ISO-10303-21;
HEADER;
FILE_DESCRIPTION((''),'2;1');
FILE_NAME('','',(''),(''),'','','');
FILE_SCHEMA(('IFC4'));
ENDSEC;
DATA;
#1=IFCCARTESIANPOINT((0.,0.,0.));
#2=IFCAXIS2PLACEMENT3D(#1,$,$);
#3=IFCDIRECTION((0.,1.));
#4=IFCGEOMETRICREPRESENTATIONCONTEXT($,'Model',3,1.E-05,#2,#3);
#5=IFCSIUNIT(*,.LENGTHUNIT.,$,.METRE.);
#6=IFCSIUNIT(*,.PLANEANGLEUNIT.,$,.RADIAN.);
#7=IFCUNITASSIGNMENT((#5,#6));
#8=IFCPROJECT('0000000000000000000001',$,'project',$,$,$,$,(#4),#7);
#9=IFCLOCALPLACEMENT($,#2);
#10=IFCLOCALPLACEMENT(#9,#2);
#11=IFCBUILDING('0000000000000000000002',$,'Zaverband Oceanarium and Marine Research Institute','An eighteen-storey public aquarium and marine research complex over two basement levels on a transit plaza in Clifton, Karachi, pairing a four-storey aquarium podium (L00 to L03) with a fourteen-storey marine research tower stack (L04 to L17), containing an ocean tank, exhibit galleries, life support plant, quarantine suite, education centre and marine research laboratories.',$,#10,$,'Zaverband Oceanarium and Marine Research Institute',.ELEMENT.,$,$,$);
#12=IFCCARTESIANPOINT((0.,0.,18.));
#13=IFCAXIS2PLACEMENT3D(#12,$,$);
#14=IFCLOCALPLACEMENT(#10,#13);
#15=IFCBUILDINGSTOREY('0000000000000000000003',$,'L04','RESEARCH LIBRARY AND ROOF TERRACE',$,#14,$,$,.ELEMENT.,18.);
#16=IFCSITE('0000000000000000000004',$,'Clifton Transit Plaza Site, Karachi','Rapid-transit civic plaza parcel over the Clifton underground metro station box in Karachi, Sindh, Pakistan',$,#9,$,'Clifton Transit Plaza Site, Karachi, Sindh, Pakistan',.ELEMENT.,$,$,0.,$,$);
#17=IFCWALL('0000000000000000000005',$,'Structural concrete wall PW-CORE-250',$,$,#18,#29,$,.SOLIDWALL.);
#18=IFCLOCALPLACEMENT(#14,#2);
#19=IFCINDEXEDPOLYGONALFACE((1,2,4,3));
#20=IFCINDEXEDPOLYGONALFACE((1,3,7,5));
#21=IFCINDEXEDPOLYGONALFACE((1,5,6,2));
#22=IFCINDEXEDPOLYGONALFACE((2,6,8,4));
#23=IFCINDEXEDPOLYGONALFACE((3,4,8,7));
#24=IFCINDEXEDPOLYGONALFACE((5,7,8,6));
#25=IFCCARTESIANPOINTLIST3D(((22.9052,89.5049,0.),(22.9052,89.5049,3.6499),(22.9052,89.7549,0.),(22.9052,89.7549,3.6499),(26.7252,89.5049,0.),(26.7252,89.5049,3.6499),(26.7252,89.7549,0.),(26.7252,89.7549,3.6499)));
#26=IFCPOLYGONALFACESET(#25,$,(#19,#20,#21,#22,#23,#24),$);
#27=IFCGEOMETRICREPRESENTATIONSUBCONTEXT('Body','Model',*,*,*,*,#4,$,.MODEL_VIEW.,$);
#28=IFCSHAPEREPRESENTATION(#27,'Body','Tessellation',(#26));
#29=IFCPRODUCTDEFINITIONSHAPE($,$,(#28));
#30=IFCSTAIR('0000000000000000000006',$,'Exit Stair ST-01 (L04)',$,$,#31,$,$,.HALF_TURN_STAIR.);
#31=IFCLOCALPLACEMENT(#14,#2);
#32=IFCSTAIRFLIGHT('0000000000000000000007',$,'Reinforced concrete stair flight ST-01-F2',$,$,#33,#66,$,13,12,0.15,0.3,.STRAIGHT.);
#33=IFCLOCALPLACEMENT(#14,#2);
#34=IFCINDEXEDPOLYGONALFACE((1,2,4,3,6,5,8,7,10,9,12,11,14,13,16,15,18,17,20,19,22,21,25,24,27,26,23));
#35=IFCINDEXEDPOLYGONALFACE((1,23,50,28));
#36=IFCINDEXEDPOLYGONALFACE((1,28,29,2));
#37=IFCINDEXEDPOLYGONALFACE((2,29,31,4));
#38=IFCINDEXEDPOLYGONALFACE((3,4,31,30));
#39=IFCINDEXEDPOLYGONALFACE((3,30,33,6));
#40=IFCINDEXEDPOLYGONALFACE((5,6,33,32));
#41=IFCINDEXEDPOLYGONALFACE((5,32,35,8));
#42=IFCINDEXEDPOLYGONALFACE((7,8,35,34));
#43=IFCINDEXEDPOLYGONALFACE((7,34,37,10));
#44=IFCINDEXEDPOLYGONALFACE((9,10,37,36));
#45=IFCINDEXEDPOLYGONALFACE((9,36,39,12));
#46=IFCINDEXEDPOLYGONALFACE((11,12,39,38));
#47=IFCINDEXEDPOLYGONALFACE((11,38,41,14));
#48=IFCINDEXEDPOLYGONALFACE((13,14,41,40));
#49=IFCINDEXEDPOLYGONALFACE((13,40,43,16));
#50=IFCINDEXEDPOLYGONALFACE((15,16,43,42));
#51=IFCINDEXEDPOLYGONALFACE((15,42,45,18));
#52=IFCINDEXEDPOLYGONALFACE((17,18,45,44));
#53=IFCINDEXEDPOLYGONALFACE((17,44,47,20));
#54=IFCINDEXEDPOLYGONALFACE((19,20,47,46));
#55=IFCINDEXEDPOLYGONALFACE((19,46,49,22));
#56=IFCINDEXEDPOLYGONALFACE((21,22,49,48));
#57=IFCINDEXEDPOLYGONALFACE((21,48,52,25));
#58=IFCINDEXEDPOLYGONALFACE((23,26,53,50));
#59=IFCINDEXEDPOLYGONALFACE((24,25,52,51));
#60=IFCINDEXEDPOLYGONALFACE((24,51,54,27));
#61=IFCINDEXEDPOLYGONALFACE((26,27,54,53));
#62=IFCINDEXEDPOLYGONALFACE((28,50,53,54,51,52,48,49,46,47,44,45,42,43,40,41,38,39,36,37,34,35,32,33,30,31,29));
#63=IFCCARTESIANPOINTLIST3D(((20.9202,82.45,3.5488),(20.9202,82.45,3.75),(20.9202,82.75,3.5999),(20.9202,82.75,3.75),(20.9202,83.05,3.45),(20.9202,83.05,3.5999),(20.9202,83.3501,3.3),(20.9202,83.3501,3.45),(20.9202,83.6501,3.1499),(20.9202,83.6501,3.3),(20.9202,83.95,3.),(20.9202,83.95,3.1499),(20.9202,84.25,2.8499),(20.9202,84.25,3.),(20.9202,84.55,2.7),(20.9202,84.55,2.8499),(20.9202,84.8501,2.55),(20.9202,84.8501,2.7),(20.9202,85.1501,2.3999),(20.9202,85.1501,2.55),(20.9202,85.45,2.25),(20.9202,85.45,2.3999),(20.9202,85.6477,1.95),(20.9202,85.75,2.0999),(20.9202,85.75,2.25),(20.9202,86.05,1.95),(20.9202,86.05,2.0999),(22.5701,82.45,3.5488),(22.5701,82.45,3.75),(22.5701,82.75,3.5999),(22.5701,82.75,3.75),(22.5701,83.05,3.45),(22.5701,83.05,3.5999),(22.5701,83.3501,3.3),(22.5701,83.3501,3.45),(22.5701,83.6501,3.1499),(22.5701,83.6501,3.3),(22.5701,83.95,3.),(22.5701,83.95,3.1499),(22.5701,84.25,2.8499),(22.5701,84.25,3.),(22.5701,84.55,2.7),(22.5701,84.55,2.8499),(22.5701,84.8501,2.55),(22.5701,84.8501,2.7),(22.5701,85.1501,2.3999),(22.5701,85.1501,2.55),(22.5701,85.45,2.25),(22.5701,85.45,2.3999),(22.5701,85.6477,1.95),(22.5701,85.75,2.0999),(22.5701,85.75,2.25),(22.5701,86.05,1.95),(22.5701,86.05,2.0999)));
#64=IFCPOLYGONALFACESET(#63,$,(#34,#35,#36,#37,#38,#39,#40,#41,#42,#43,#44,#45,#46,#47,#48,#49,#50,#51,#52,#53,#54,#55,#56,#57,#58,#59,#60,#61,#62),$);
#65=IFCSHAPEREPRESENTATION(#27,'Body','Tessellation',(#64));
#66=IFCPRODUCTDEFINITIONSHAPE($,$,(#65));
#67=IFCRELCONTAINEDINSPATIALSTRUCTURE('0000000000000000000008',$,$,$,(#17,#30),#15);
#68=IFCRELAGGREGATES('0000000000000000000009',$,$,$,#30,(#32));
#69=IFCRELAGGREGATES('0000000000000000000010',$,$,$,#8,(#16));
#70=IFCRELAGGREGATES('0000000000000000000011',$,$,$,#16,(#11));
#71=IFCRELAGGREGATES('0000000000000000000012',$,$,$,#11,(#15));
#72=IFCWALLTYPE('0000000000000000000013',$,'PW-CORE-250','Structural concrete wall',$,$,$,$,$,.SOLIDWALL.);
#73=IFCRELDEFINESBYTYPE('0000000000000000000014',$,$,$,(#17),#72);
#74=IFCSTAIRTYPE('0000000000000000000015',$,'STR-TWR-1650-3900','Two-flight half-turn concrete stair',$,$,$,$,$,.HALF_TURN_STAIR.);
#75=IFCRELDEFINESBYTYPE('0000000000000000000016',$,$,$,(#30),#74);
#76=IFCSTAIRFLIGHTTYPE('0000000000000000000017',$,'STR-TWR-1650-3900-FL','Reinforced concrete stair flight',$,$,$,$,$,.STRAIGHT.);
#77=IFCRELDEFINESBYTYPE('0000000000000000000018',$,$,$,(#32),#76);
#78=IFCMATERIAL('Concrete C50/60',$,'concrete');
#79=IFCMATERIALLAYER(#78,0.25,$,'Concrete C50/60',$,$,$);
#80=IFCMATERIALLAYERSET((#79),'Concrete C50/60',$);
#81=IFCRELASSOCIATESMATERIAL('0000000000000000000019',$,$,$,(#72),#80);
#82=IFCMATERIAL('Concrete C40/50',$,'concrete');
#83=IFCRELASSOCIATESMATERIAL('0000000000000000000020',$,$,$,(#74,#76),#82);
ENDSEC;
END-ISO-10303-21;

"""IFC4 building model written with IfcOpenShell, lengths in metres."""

from ifc_helpers import new_model, si_unit, direction, frame, frame_2d, origin, place, context, subcontext, project, spatial, polyline, rectangle, outline, extrude, material, layer, layer_set, type_object, element, aggregate, save


model = new_model("IFC4")

# Units and contexts
model_context = context("Model", 3, precision=1e-05, world=origin(), true_north=direction((0.0, 1.0)))
body_context = subcontext(model_context, "Body", "Model", "MODEL_VIEW")
ifc_project = project(units=[si_unit("LENGTHUNIT", "METRE"), si_unit("PLANEANGLEUNIT", "RADIAN")], contexts=[model_context])

# Site, building, storey
site_placement = place(None, origin())
site = spatial("IfcSite", under=ifc_project, at=site_placement, Name="Clifton Transit Plaza Site, Karachi", Description="Rapid-transit civic plaza parcel over the Clifton underground metro station box in Karachi, Sindh, Pakistan", LongName="Clifton Transit Plaza Site, Karachi, Sindh, Pakistan", CompositionType="ELEMENT", RefElevation=0.0)
building_placement = place(site_placement, origin())
building = spatial("IfcBuilding", under=site, at=building_placement, Name="Zaverband Oceanarium and Marine Research Institute", Description="An eighteen-storey public aquarium and marine research complex over two basement levels on a transit plaza in Clifton, Karachi, pairing a four-storey aquarium podium (L00 to L03) with a fourteen-storey marine research tower stack (L04 to L17), containing an ocean tank, exhibit galleries, life support plant, quarantine suite, education centre and marine research laboratories.", LongName="Zaverband Oceanarium and Marine Research Institute", CompositionType="ELEMENT")
storey_placement = place(building_placement, frame((0.0, 0.0, 18.0)))
storey = spatial("IfcBuildingStorey", under=building, at=storey_placement, Name="L04", Description="RESEARCH LIBRARY AND ROOF TERRACE", CompositionType="ELEMENT", Elevation=18.0)

# Shared definitions
ifc_material_1 = material(Name="Concrete C50/60", Category="concrete")

# Shared definitions
ifc_material_2 = material(Name="Concrete C40/50", Category="concrete")

# Shared definitions
ifc_layer_1 = layer(ifc_material_1, 0.25, Name="Concrete C50/60")
ifc_layer_set_1 = layer_set([ifc_layer_1], Name="Concrete C50/60")
wall_type_1 = type_object("IfcWallType", Name="PW-CORE-250", Description="Structural concrete wall", PredefinedType="SOLIDWALL", material=ifc_layer_set_1)

# Wall
wall_1_placement = place(storey_placement, frame((22.905, 89.6299, 0.0), z_axis=(0.0, 0.0, 1.0), x_axis=(1.0, 0.0, 0.0)))
element("IfcWall", 1, at=wall_1_placement, inside=storey, type_object=wall_type_1, Name="Structural concrete wall PW-CORE-250", PredefinedType="SOLIDWALL", context=body_context, shape_type="SweptSolid", body=[
    extrude(rectangle(XDim=3.8201, YDim=0.25, at=frame_2d((1.9102, 0.0))), origin(), (0.0, 0.0, 1.0), 3.6499),
])

# Stair, stair flight
stair_type = type_object("IfcStairType", Name="STR-TWR-1650-3900", Description="Two-flight half-turn concrete stair", PredefinedType="HALF_TURN_STAIR", material=ifc_material_2)
stair_placement = place(storey_placement, origin())
stair = element("IfcStair", 2, at=stair_placement, inside=storey, type_object=stair_type, Name="Exit Stair ST-01 (L04)", PredefinedType="HALF_TURN_STAIR")
stair_flight_type = type_object("IfcStairFlightType", Name="STR-TWR-1650-3900-FL", Description="Reinforced concrete stair flight", PredefinedType="STRAIGHT", material=ifc_material_2)
stair_flight_placement = place(storey_placement, frame((21.7451, 86.05, 1.95), z_axis=(0.0, 0.0, 1.0), x_axis=(0.0, -1.0, 0.0)))
stair_flight = element("IfcStairFlight", 3, at=stair_flight_placement, type_object=stair_flight_type, Name="Reinforced concrete stair flight ST-01-F2", NumberOfRisers=13, NumberOfTreads=12, PredefinedType="STRAIGHT", RiserHeight=0.15, TreadLength=0.3, context=body_context, shape_type="SweptSolid", body=[
    extrude(outline(polyline([(0.0, 0.0), (0.0, 0.1499), (0.3, 0.1499), (0.3, 0.3), (0.6001, 0.3), (0.6001, 0.45), (0.8999, 0.45), (0.8999, 0.6001), (1.2, 0.6001), (1.2, 0.75), (1.5, 0.75), (1.5, 0.8999), (1.8, 0.8999), (1.8, 1.05), (2.1001, 1.05), (2.1001, 1.2), (2.3999, 1.2), (2.3999, 1.3501), (2.7, 1.3501), (2.7, 1.5), (3.0, 1.5), (3.0, 1.6499), (3.3, 1.6499), (3.3, 1.8), (3.6001, 1.8), (3.6001, 1.95), (3.6001, 1.5989), (0.4023, 0.0), (0.0, 0.0)])), frame((0.0, 0.825, 0.0), z_axis=(0.0, -1.0, 0.0), x_axis=(1.0, 0.0, 0.0)), (0.0, 0.0, 1.0), 1.6499),
])
aggregate(stair, [stair_flight])

save(model, "model.ifc")
